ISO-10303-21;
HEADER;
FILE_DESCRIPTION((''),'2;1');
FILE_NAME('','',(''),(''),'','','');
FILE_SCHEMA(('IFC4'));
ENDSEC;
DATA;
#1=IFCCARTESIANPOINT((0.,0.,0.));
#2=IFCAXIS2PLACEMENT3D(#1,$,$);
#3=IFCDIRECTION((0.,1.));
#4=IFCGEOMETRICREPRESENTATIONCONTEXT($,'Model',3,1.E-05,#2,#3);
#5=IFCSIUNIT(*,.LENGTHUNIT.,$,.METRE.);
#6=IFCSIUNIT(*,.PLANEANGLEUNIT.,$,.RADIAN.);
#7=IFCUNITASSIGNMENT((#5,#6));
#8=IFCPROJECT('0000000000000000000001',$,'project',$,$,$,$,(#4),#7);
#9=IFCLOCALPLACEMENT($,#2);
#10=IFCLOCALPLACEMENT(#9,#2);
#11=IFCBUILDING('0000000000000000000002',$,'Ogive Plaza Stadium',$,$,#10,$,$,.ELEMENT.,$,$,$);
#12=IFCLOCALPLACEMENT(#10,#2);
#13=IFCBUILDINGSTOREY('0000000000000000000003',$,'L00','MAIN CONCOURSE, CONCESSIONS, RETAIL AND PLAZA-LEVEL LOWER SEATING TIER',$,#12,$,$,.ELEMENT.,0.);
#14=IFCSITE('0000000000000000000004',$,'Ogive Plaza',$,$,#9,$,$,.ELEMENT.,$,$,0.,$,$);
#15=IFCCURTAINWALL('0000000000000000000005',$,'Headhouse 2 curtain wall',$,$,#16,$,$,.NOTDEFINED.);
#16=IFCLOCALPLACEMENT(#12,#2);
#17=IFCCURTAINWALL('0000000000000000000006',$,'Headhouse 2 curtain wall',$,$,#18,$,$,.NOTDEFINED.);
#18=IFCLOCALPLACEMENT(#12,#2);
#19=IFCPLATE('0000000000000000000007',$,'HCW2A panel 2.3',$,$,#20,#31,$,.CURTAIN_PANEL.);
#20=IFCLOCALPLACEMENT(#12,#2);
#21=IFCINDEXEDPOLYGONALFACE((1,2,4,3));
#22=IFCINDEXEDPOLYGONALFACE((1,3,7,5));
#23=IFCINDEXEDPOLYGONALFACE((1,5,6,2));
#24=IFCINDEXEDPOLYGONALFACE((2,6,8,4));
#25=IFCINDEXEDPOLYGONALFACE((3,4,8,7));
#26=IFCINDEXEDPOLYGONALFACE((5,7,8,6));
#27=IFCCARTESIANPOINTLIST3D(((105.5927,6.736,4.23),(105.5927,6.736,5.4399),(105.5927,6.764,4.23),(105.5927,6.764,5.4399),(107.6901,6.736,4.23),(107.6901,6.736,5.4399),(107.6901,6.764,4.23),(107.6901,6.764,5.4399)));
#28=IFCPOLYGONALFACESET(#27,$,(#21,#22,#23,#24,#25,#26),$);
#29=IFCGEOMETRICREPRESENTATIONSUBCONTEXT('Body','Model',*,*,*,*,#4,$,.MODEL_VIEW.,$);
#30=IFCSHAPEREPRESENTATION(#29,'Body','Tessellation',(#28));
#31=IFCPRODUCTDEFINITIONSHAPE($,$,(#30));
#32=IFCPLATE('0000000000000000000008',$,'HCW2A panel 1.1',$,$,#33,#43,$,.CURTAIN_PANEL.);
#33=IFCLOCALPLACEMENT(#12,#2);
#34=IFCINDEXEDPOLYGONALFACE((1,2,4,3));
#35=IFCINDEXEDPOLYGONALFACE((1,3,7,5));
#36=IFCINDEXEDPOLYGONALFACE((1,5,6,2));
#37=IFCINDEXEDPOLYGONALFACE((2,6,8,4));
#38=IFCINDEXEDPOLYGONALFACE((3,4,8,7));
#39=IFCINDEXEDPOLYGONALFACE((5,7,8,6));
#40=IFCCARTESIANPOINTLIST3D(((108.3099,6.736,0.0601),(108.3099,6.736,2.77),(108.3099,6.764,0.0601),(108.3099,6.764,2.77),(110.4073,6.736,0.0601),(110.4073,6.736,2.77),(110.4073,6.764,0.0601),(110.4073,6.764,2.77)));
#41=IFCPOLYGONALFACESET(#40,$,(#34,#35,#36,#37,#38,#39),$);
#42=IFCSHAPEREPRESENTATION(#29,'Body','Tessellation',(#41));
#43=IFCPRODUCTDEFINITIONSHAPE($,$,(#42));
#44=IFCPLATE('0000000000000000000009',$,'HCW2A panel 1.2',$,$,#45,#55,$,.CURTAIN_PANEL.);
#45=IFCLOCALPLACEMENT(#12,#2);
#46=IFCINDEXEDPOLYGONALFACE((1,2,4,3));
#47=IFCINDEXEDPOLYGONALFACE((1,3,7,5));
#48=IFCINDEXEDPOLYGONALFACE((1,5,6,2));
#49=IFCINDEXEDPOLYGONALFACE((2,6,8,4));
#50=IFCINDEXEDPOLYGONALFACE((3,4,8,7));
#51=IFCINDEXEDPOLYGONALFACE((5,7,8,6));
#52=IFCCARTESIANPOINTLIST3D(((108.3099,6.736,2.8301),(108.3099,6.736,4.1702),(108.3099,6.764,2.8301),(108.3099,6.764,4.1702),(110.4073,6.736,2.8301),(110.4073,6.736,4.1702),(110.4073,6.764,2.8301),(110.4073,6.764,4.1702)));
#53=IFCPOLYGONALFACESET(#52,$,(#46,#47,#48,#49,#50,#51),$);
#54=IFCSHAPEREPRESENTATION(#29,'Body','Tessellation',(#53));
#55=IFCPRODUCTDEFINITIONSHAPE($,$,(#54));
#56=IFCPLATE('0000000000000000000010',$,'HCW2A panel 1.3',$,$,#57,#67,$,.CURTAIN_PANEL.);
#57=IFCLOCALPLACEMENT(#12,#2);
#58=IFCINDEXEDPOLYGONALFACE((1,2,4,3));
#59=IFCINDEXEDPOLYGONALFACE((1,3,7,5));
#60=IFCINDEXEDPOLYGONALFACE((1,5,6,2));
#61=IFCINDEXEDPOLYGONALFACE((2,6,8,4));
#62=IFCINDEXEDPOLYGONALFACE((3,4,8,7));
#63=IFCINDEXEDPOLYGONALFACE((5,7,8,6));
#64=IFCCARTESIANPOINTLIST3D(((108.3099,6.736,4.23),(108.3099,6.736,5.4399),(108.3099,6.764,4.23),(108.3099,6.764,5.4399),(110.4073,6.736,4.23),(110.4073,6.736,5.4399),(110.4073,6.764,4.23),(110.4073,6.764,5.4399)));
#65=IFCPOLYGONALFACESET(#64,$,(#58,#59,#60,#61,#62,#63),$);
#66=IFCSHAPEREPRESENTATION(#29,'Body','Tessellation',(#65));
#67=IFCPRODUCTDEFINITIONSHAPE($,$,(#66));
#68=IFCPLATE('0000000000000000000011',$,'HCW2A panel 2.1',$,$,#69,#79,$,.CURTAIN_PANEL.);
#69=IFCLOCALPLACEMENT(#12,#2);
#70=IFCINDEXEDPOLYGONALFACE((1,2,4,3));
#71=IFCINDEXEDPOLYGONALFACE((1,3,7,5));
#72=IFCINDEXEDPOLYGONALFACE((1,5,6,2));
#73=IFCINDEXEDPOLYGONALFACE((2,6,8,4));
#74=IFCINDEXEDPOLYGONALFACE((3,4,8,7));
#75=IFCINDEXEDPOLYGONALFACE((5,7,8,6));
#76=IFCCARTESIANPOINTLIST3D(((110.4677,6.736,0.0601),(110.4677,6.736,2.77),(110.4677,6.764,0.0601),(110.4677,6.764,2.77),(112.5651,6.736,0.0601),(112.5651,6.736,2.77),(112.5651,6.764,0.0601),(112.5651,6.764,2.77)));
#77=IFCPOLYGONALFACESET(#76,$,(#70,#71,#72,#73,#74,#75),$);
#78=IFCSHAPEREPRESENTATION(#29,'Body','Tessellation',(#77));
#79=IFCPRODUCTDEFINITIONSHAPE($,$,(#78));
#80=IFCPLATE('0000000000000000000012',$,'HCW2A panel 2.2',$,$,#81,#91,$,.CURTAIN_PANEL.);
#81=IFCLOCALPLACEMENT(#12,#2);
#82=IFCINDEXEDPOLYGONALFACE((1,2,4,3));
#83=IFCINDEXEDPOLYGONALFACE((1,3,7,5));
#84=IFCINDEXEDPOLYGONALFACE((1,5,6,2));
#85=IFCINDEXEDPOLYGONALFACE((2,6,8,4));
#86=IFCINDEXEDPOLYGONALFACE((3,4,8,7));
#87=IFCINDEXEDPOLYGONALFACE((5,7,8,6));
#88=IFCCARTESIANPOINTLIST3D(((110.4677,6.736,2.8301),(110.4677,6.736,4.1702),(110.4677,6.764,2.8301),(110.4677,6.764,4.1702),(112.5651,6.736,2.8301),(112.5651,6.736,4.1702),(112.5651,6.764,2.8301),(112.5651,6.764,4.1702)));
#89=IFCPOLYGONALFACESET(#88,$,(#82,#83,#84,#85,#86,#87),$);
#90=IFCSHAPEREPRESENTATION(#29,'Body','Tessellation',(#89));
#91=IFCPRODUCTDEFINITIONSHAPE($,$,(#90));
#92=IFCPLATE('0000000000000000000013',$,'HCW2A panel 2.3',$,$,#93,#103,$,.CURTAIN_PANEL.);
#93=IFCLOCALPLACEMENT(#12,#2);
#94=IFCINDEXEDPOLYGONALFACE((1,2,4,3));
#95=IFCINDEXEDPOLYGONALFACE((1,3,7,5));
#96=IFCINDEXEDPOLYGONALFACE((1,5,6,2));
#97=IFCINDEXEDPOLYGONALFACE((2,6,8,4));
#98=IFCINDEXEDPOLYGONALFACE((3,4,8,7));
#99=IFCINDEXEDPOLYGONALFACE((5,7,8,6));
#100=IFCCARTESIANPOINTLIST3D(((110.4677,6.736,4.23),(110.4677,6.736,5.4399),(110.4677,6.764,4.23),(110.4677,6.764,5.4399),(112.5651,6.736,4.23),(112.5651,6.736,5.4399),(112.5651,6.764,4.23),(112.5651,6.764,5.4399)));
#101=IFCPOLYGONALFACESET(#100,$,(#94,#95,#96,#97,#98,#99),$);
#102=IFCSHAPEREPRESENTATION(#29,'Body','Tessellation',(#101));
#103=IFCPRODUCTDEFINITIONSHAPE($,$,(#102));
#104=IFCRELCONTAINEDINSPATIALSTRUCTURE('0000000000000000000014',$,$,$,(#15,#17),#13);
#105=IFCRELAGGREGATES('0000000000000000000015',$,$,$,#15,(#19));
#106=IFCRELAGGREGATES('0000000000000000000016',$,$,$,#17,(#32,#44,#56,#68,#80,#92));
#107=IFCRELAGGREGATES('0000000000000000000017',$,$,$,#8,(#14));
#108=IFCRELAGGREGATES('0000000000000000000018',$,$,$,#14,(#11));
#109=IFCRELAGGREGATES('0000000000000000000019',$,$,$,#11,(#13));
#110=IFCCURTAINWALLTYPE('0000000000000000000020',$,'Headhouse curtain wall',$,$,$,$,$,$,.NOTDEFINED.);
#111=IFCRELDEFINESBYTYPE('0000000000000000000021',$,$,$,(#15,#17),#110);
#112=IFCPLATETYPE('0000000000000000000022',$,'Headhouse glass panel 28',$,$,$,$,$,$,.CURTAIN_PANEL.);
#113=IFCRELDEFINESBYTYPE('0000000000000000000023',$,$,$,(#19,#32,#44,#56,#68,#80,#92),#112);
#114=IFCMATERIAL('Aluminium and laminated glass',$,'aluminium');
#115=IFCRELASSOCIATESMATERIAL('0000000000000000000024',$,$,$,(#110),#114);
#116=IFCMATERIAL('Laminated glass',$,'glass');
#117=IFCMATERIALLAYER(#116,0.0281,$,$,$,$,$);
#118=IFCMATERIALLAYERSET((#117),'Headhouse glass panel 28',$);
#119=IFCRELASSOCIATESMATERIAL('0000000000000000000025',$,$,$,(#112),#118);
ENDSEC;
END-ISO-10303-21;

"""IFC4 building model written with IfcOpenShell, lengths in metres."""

from ifc_helpers import new_model, si_unit, direction, frame, origin, origin_2d, place, context, subcontext, project, spatial, rectangle, extrude, material, layer, layer_set, type_object, element, aggregate, save


model = new_model("IFC4")

# Units and contexts
model_context = context("Model", 3, precision=1e-05, world=origin(), true_north=direction((0.0, 1.0)))
body_context = subcontext(model_context, "Body", "Model", "MODEL_VIEW")
ifc_project = project(units=[si_unit("LENGTHUNIT", "METRE"), si_unit("PLANEANGLEUNIT", "RADIAN")], contexts=[model_context])

# Site, building, storey
site_placement = place(None, origin())
site = spatial("IfcSite", under=ifc_project, at=site_placement, Name="Ogive Plaza", CompositionType="ELEMENT", RefElevation=0.0)
building_placement = place(site_placement, origin())
building = spatial("IfcBuilding", under=site, at=building_placement, Name="Ogive Plaza Stadium", CompositionType="ELEMENT")
storey_placement = place(building_placement, origin())
storey = spatial("IfcBuildingStorey", under=building, at=storey_placement, Name="L00", Description="MAIN CONCOURSE, CONCESSIONS, RETAIL AND PLAZA-LEVEL LOWER SEATING TIER", CompositionType="ELEMENT", Elevation=0.0)

# Curtain walls
ifc_material_1 = material(Name="Aluminium and laminated glass", Category="aluminium")
curtain_wall_type = type_object("IfcCurtainWallType", Name="Headhouse curtain wall", PredefinedType="NOTDEFINED", material=ifc_material_1)
curtain_wall_1_placement = place(storey_placement, origin())
curtain_wall_1 = element("IfcCurtainWall", 1, at=curtain_wall_1_placement, inside=storey, type_object=curtain_wall_type, Name="Headhouse 2 curtain wall", PredefinedType="NOTDEFINED")
curtain_wall_2_placement = place(storey_placement, origin())
curtain_wall_2 = element("IfcCurtainWall", 2, at=curtain_wall_2_placement, inside=storey, type_object=curtain_wall_type, Name="Headhouse 2 curtain wall", PredefinedType="NOTDEFINED")

# Plates
ifc_material_2 = material(Name="Laminated glass", Category="glass")
ifc_layer = layer(ifc_material_2, 0.0281)
ifc_layer_set = layer_set([ifc_layer], Name="Headhouse glass panel 28")
plate_type = type_object("IfcPlateType", Name="Headhouse glass panel 28", PredefinedType="CURTAIN_PANEL", material=ifc_layer_set)
plate_1_placement = place(storey_placement, frame((106.6414, 6.75, 4.23), z_axis=(0.0, 0.0, 1.0), x_axis=(1.0, 0.0, 0.0)))
plate_1 = element("IfcPlate", 3, at=plate_1_placement, type_object=plate_type, Name="HCW2A panel 2.3", PredefinedType="CURTAIN_PANEL", context=body_context, shape_type="SweptSolid", body=[
    extrude(rectangle(XDim=2.0974, YDim=0.0281, at=origin_2d()), origin(), (0.0, 0.0, 1.0), 1.21),
])
aggregate(curtain_wall_1, [plate_1])
plate_2_placement = place(storey_placement, frame((109.3586, 6.75, 0.0601), z_axis=(0.0, 0.0, 1.0), x_axis=(1.0, 0.0, 0.0)))
plate_2 = element("IfcPlate", 4, at=plate_2_placement, type_object=plate_type, Name="HCW2A panel 1.1", PredefinedType="CURTAIN_PANEL", context=body_context, shape_type="SweptSolid", body=[
    extrude(rectangle(XDim=2.0974, YDim=0.0281, at=origin_2d()), origin(), (0.0, 0.0, 1.0), 2.71),
])
plate_3_placement = place(storey_placement, frame((109.3586, 6.75, 2.8301), z_axis=(0.0, 0.0, 1.0), x_axis=(1.0, 0.0, 0.0)))
plate_3 = element("IfcPlate", 5, at=plate_3_placement, type_object=plate_type, Name="HCW2A panel 1.2", PredefinedType="CURTAIN_PANEL", context=body_context, shape_type="SweptSolid", body=[
    extrude(rectangle(XDim=2.0974, YDim=0.0281, at=origin_2d()), origin(), (0.0, 0.0, 1.0), 1.3401),
])
plate_4_placement = place(storey_placement, frame((109.3586, 6.75, 4.23), z_axis=(0.0, 0.0, 1.0), x_axis=(1.0, 0.0, 0.0)))
plate_4 = element("IfcPlate", 6, at=plate_4_placement, type_object=plate_type, Name="HCW2A panel 1.3", PredefinedType="CURTAIN_PANEL", context=body_context, shape_type="SweptSolid", body=[
    extrude(rectangle(XDim=2.0974, YDim=0.0281, at=origin_2d()), origin(), (0.0, 0.0, 1.0), 1.21),
])
plate_5_placement = place(storey_placement, frame((111.5164, 6.75, 0.0601), z_axis=(0.0, 0.0, 1.0), x_axis=(1.0, 0.0, 0.0)))
plate_5 = element("IfcPlate", 7, at=plate_5_placement, type_object=plate_type, Name="HCW2A panel 2.1", PredefinedType="CURTAIN_PANEL", context=body_context, shape_type="SweptSolid", body=[
    extrude(rectangle(XDim=2.0974, YDim=0.0281, at=origin_2d()), origin(), (0.0, 0.0, 1.0), 2.71),
])
plate_6_placement = place(storey_placement, frame((111.5164, 6.75, 2.8301), z_axis=(0.0, 0.0, 1.0), x_axis=(1.0, 0.0, 0.0)))
plate_6 = element("IfcPlate", 8, at=plate_6_placement, type_object=plate_type, Name="HCW2A panel 2.2", PredefinedType="CURTAIN_PANEL", context=body_context, shape_type="SweptSolid", body=[
    extrude(rectangle(XDim=2.0974, YDim=0.0281, at=origin_2d()), origin(), (0.0, 0.0, 1.0), 1.3401),
])
plate_7_placement = place(storey_placement, frame((111.5164, 6.75, 4.23), z_axis=(0.0, 0.0, 1.0), x_axis=(1.0, 0.0, 0.0)))
plate_7 = element("IfcPlate", 9, at=plate_7_placement, type_object=plate_type, Name="HCW2A panel 2.3", PredefinedType="CURTAIN_PANEL", context=body_context, shape_type="SweptSolid", body=[
    extrude(rectangle(XDim=2.0974, YDim=0.0281, at=origin_2d()), origin(), (0.0, 0.0, 1.0), 1.21),
])
aggregate(curtain_wall_2, [plate_2, plate_3, plate_4, plate_5, plate_6, plate_7])

save(model, "model.ifc")
